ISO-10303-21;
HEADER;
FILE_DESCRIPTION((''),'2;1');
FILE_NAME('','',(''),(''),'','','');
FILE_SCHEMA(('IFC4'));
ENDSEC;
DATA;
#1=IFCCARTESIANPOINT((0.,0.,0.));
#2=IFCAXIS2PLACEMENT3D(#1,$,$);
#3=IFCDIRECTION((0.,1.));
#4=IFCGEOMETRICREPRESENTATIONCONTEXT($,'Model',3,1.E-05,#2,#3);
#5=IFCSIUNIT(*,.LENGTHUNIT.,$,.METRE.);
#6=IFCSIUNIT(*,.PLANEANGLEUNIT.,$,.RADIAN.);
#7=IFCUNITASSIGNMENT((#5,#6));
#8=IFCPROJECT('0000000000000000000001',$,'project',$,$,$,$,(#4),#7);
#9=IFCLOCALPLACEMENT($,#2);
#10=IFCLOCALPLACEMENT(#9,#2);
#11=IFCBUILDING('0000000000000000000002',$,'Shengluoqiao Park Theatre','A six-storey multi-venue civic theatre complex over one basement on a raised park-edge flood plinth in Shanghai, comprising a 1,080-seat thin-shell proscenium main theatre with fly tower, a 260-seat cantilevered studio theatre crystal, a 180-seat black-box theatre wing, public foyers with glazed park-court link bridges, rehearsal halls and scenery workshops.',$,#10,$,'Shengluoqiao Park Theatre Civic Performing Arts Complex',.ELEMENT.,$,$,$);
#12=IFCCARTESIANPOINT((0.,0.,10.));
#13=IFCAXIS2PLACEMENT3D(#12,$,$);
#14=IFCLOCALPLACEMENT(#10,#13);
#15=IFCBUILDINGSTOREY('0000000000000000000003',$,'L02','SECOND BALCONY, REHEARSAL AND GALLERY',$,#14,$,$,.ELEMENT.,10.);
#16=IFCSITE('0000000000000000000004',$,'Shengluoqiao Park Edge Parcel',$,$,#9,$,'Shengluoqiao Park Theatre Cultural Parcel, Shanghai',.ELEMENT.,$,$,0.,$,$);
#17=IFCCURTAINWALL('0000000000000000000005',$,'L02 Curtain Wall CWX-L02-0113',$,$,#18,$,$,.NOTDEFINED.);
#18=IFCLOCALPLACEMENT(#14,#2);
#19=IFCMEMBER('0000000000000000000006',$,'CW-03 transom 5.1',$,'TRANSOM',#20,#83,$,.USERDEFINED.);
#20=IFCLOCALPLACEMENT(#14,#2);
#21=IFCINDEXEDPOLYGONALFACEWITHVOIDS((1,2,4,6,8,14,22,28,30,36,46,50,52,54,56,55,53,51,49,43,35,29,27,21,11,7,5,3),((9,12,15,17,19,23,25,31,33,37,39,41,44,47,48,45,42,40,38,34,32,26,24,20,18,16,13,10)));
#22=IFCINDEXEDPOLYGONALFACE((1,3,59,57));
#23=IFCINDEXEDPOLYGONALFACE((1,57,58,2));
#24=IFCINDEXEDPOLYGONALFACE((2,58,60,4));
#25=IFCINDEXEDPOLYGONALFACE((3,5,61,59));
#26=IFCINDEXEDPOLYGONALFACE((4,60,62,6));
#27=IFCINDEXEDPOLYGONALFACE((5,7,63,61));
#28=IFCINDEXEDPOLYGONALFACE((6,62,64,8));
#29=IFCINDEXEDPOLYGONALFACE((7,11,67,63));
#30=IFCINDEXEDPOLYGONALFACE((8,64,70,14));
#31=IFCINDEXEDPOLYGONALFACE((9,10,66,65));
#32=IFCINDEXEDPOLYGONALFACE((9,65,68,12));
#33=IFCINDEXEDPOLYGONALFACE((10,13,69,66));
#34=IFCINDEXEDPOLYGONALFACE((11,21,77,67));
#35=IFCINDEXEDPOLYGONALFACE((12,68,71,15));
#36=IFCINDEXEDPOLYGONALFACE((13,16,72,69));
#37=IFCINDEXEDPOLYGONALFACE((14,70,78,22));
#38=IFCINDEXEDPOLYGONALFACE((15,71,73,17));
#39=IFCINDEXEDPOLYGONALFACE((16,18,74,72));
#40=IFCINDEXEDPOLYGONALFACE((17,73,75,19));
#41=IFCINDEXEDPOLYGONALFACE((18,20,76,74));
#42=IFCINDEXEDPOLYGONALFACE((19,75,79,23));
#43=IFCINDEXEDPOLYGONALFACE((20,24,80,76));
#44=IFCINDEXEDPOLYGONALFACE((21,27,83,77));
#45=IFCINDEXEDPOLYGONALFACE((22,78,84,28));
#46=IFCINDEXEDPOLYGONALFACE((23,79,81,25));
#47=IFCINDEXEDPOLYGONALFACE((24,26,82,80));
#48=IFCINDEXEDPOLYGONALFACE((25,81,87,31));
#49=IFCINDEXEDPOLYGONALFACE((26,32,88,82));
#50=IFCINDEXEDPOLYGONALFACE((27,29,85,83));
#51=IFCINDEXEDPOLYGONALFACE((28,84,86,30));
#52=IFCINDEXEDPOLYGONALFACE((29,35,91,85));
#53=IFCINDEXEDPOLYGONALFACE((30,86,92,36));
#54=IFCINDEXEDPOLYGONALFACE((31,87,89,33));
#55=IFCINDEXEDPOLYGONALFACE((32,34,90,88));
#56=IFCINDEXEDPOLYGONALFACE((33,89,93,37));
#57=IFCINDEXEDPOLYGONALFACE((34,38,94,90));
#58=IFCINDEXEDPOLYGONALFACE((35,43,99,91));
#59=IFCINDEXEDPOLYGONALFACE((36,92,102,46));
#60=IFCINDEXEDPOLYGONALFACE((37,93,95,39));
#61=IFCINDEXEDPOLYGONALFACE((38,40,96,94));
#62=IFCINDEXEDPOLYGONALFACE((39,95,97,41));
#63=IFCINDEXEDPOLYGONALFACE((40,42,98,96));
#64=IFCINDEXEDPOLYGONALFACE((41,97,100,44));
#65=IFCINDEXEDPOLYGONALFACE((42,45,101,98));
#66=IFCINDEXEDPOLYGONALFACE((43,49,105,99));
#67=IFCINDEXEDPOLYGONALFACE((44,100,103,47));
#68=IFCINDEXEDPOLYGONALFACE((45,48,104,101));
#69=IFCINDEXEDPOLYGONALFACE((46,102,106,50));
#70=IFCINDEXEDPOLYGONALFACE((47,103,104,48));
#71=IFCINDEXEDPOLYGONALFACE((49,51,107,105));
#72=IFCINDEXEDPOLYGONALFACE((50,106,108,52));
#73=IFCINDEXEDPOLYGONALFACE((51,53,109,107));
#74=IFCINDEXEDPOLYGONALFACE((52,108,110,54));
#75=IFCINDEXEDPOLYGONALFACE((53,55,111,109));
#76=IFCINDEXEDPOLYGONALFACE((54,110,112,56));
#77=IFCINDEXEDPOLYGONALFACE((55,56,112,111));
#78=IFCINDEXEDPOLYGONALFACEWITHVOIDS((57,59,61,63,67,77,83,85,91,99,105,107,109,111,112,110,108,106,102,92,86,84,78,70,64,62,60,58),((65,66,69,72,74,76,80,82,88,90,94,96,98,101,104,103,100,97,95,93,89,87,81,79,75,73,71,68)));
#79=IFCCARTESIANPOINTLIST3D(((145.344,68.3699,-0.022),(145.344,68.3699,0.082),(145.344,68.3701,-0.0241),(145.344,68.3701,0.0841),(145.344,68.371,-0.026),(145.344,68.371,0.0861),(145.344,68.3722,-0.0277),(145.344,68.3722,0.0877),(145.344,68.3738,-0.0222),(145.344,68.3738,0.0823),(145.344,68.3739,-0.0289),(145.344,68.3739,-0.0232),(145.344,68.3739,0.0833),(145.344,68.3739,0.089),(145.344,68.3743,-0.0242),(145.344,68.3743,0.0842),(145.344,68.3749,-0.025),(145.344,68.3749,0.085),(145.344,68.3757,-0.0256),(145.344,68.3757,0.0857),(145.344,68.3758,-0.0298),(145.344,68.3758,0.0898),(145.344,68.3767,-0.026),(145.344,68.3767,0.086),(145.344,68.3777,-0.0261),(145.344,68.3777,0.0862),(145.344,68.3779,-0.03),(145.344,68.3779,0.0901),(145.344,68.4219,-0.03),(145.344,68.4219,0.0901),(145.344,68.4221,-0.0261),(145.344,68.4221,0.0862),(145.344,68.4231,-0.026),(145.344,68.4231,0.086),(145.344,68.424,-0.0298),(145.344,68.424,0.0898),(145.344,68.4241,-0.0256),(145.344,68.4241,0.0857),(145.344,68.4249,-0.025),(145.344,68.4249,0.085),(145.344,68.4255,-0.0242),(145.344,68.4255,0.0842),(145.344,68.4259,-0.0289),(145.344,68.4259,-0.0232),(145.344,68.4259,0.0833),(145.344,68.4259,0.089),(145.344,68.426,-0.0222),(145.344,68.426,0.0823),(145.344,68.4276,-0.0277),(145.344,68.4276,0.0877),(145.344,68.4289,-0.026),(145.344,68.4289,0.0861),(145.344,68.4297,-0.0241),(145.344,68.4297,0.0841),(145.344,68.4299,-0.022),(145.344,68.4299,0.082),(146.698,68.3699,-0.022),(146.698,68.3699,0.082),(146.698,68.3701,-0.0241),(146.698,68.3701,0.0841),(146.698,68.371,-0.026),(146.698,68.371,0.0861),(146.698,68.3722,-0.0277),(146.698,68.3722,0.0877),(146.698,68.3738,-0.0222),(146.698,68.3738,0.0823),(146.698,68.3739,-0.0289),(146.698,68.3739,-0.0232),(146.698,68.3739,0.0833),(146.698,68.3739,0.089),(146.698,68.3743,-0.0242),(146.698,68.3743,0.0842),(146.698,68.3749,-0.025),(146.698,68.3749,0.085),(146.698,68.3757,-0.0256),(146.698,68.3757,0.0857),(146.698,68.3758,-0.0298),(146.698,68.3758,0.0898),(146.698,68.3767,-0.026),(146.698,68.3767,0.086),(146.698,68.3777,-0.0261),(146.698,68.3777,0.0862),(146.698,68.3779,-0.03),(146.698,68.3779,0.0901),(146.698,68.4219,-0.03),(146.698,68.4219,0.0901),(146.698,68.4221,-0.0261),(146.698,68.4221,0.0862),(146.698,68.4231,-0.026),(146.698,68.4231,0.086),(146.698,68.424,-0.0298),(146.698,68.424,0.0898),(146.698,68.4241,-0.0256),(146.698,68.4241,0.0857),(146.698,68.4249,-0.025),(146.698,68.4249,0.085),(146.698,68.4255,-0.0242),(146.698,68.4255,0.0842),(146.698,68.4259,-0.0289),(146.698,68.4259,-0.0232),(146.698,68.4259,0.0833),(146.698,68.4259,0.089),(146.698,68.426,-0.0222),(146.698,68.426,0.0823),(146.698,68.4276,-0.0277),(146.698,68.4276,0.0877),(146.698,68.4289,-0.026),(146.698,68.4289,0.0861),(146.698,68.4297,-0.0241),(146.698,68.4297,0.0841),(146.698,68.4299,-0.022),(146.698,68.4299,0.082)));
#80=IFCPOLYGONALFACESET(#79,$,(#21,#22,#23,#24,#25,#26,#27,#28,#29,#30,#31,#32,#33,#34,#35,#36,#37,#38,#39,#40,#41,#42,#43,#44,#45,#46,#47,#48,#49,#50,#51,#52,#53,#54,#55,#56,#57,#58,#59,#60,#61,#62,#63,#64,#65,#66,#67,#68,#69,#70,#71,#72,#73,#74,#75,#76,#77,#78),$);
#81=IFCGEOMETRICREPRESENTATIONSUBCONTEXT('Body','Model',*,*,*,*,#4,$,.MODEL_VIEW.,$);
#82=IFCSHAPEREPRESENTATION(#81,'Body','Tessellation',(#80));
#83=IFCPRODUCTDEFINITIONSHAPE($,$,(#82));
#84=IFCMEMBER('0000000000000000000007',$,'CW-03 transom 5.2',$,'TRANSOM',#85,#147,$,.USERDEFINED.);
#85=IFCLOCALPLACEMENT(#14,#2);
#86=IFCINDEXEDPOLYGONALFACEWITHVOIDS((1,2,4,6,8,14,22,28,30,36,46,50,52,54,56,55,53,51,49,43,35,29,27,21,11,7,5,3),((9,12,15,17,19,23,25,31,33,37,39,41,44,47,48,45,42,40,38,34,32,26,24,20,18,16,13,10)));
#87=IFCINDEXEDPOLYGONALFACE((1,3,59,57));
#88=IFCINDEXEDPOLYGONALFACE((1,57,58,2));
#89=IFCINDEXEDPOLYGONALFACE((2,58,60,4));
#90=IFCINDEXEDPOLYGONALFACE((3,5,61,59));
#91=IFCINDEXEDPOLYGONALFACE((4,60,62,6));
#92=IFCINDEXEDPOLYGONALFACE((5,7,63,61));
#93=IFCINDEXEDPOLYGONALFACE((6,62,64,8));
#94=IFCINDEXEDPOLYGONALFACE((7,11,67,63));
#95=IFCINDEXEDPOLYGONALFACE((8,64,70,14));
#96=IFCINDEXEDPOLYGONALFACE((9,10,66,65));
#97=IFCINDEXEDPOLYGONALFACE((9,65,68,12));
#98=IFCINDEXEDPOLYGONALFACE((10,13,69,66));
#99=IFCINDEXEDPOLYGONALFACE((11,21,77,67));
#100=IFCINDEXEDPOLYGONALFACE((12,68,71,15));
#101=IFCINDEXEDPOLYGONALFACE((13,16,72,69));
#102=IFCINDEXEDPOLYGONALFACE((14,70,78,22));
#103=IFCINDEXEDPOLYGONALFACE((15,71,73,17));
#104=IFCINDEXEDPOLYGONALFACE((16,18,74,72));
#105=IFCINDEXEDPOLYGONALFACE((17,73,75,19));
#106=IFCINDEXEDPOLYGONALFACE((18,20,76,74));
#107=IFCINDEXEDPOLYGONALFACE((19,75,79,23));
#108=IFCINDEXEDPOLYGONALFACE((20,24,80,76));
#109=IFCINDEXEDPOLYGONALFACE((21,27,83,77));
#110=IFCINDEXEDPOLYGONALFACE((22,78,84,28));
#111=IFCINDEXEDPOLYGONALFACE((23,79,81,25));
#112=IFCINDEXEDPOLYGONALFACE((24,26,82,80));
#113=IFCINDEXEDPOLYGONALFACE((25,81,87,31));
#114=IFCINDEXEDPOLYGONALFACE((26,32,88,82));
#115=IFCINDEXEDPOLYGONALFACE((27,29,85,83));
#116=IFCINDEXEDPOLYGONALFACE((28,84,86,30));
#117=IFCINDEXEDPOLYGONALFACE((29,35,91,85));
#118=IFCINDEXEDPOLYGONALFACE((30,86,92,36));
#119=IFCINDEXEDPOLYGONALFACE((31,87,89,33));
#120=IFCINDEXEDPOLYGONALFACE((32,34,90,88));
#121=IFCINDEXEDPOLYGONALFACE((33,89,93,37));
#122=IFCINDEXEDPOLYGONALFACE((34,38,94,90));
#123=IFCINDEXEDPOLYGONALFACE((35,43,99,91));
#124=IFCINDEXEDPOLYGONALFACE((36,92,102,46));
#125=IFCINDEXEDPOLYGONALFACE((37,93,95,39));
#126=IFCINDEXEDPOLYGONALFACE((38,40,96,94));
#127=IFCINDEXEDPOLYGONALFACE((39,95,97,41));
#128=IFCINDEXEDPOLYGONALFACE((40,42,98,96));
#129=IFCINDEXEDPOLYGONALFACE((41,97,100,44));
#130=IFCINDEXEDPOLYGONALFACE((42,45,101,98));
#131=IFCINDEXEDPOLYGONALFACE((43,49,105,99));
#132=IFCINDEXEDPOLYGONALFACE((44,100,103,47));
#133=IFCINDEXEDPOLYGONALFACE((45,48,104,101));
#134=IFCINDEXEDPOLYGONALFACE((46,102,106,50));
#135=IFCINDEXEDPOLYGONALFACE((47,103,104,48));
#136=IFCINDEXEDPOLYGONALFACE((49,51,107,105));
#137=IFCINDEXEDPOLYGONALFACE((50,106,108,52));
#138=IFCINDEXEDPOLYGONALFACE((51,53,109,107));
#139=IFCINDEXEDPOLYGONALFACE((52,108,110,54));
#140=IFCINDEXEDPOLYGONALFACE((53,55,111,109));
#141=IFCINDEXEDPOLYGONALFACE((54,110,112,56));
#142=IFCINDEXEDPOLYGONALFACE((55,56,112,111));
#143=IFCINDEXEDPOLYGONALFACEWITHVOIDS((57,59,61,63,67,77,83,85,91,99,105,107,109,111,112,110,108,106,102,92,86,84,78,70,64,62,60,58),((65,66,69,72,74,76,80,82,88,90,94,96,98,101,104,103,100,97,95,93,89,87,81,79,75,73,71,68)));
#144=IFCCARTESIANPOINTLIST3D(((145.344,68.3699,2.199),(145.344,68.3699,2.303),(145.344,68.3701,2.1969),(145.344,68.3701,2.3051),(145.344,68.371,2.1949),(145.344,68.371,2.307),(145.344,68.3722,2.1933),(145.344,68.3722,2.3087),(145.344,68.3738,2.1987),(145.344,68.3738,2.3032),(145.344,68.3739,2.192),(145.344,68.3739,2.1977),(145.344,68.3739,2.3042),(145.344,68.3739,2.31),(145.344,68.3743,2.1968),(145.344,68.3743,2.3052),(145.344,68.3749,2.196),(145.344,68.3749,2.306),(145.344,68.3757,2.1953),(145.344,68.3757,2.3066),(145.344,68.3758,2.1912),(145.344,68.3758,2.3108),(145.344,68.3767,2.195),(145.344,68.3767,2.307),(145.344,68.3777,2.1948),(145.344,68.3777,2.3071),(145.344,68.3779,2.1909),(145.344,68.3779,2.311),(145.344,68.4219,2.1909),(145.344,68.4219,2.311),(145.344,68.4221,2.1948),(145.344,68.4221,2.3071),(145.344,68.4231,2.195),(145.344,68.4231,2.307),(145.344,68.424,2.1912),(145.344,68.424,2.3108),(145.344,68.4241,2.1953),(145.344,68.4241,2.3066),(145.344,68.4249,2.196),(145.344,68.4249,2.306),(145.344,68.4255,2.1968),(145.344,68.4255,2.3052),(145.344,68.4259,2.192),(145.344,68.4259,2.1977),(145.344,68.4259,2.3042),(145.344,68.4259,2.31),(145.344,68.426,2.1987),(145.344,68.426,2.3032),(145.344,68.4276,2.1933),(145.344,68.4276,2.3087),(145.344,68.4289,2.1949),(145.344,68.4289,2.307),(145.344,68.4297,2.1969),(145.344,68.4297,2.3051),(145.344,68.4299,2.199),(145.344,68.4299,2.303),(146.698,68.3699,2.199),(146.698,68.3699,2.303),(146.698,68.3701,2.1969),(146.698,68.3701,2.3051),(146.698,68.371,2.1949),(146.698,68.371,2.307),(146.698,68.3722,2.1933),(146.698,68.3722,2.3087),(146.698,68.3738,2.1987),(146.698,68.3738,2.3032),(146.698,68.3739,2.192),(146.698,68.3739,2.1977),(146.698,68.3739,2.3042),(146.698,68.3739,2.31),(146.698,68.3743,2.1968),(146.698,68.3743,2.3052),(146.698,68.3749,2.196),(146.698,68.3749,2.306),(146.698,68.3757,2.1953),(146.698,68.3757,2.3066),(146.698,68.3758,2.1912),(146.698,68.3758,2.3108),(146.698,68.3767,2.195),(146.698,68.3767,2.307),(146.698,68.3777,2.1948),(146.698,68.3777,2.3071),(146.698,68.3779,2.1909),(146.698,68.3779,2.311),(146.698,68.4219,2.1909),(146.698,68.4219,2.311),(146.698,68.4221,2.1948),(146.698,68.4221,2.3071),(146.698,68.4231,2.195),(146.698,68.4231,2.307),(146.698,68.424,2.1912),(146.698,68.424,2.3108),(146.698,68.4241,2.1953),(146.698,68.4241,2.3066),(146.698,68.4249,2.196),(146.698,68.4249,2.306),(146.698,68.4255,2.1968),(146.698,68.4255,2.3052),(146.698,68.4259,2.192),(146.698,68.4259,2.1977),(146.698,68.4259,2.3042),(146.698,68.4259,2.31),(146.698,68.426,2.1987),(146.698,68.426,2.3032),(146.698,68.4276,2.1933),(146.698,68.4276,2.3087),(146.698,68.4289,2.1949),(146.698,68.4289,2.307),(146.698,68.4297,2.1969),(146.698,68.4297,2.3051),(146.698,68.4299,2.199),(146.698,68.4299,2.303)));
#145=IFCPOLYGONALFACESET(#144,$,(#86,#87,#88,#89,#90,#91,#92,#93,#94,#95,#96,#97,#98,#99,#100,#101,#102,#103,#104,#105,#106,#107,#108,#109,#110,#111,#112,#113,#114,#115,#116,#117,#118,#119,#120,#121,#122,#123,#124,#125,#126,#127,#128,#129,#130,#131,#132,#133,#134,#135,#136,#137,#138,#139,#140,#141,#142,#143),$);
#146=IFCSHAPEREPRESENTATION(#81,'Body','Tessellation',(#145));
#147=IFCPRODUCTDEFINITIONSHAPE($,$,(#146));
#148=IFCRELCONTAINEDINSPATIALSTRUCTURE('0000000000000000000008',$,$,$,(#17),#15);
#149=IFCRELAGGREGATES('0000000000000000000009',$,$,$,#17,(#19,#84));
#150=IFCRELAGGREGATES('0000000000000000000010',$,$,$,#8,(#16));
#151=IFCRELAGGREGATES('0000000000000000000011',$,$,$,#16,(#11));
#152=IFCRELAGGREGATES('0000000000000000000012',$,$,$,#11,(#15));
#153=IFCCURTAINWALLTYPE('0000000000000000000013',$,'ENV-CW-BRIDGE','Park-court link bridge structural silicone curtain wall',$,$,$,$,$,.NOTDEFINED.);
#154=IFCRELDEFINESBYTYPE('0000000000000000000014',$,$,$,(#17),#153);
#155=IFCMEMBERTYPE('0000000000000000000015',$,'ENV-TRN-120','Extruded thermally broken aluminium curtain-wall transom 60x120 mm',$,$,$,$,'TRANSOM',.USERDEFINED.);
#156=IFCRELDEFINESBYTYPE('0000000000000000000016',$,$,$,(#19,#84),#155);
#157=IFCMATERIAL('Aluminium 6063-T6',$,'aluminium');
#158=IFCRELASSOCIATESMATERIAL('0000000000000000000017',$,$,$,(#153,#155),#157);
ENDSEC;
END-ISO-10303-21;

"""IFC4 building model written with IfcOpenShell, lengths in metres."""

from ifc_helpers import new_model, si_unit, direction, frame, origin, origin_2d, place, context, subcontext, project, spatial, hollow_rectangle, extrude, material, material_profile, profile_set, type_object, element, aggregate, save


model = new_model("IFC4")

# Units and contexts
model_context = context("Model", 3, precision=1e-05, world=origin(), true_north=direction((0.0, 1.0)))
body_context = subcontext(model_context, "Body", "Model", "MODEL_VIEW")
ifc_project = project(units=[si_unit("LENGTHUNIT", "METRE"), si_unit("PLANEANGLEUNIT", "RADIAN")], contexts=[model_context])

# Site, building, storey
site_placement = place(None, origin())
site = spatial("IfcSite", under=ifc_project, at=site_placement, Name="Shengluoqiao Park Edge Parcel", LongName="Shengluoqiao Park Theatre Cultural Parcel, Shanghai", CompositionType="ELEMENT", RefElevation=0.0)
building_placement = place(site_placement, origin())
building = spatial("IfcBuilding", under=site, at=building_placement, Name="Shengluoqiao Park Theatre", Description="A six-storey multi-venue civic theatre complex over one basement on a raised park-edge flood plinth in Shanghai, comprising a 1,080-seat thin-shell proscenium main theatre with fly tower, a 260-seat cantilevered studio theatre crystal, a 180-seat black-box theatre wing, public foyers with glazed park-court link bridges, rehearsal halls and scenery workshops.", LongName="Shengluoqiao Park Theatre Civic Performing Arts Complex", CompositionType="ELEMENT")
storey_placement = place(building_placement, frame((0.0, 0.0, 10.0)))
storey = spatial("IfcBuildingStorey", under=building, at=storey_placement, Name="L02", Description="SECOND BALCONY, REHEARSAL AND GALLERY", CompositionType="ELEMENT", Elevation=10.0)

# Curtain wall, members
ifc_material_1 = material(Name="Aluminium 6063-T6", Category="aluminium")
curtain_wall_type = type_object("IfcCurtainWallType", Name="ENV-CW-BRIDGE", Description="Park-court link bridge structural silicone curtain wall", PredefinedType="NOTDEFINED", material=ifc_material_1)
curtain_wall_placement = place(storey_placement, origin())
curtain_wall = element("IfcCurtainWall", 1, at=curtain_wall_placement, inside=storey, type_object=curtain_wall_type, Name="L02 Curtain Wall CWX-L02-0113", PredefinedType="NOTDEFINED")
ifc_material_profile_1 = material_profile(ifc_material_1, hollow_rectangle(XDim=0.0601, YDim=0.1201, WallThickness=0.0039, InnerFilletRadius=0.0039, OuterFilletRadius=0.0081, at=origin_2d()), Name="ALU TRANSOM 120x60x4")
ifc_profile_set_1 = profile_set([ifc_material_profile_1], Name="Aluminium 6063-T6")
member_type_1 = type_object("IfcMemberType", Name="ENV-TRN-120", Description="Extruded thermally broken aluminium curtain-wall transom 60x120 mm", ElementType="TRANSOM", PredefinedType="USERDEFINED", material=ifc_profile_set_1)
member_1_placement = place(storey_placement, frame((145.344, 68.3999, 0.03), z_axis=(1.0, 0.0, 0.0), x_axis=(0.0, 1.0, 0.0)))
member_1 = element("IfcMember", 2, at=member_1_placement, type_object=member_type_1, Name="CW-03 transom 5.1", ObjectType="TRANSOM", PredefinedType="USERDEFINED", context=body_context, shape_type="SweptSolid", body=[
    extrude(hollow_rectangle(XDim=0.0601, YDim=0.1201, WallThickness=0.0039, InnerFilletRadius=0.0039, OuterFilletRadius=0.0081, at=origin_2d()), origin(), (0.0, 0.0, 1.0), 1.354),
])
member_2_placement = place(storey_placement, frame((145.344, 68.3999, 2.251), z_axis=(1.0, 0.0, 0.0), x_axis=(0.0, 1.0, 0.0)))
member_2 = element("IfcMember", 3, at=member_2_placement, type_object=member_type_1, Name="CW-03 transom 5.2", ObjectType="TRANSOM", PredefinedType="USERDEFINED", context=body_context, shape_type="SweptSolid", body=[
    extrude(hollow_rectangle(XDim=0.0601, YDim=0.1201, WallThickness=0.0039, InnerFilletRadius=0.0039, OuterFilletRadius=0.0081, at=origin_2d()), origin(), (0.0, 0.0, 1.0), 1.354),
])

aggregate(curtain_wall, [member_1, member_2])

save(model, "model.ifc")
